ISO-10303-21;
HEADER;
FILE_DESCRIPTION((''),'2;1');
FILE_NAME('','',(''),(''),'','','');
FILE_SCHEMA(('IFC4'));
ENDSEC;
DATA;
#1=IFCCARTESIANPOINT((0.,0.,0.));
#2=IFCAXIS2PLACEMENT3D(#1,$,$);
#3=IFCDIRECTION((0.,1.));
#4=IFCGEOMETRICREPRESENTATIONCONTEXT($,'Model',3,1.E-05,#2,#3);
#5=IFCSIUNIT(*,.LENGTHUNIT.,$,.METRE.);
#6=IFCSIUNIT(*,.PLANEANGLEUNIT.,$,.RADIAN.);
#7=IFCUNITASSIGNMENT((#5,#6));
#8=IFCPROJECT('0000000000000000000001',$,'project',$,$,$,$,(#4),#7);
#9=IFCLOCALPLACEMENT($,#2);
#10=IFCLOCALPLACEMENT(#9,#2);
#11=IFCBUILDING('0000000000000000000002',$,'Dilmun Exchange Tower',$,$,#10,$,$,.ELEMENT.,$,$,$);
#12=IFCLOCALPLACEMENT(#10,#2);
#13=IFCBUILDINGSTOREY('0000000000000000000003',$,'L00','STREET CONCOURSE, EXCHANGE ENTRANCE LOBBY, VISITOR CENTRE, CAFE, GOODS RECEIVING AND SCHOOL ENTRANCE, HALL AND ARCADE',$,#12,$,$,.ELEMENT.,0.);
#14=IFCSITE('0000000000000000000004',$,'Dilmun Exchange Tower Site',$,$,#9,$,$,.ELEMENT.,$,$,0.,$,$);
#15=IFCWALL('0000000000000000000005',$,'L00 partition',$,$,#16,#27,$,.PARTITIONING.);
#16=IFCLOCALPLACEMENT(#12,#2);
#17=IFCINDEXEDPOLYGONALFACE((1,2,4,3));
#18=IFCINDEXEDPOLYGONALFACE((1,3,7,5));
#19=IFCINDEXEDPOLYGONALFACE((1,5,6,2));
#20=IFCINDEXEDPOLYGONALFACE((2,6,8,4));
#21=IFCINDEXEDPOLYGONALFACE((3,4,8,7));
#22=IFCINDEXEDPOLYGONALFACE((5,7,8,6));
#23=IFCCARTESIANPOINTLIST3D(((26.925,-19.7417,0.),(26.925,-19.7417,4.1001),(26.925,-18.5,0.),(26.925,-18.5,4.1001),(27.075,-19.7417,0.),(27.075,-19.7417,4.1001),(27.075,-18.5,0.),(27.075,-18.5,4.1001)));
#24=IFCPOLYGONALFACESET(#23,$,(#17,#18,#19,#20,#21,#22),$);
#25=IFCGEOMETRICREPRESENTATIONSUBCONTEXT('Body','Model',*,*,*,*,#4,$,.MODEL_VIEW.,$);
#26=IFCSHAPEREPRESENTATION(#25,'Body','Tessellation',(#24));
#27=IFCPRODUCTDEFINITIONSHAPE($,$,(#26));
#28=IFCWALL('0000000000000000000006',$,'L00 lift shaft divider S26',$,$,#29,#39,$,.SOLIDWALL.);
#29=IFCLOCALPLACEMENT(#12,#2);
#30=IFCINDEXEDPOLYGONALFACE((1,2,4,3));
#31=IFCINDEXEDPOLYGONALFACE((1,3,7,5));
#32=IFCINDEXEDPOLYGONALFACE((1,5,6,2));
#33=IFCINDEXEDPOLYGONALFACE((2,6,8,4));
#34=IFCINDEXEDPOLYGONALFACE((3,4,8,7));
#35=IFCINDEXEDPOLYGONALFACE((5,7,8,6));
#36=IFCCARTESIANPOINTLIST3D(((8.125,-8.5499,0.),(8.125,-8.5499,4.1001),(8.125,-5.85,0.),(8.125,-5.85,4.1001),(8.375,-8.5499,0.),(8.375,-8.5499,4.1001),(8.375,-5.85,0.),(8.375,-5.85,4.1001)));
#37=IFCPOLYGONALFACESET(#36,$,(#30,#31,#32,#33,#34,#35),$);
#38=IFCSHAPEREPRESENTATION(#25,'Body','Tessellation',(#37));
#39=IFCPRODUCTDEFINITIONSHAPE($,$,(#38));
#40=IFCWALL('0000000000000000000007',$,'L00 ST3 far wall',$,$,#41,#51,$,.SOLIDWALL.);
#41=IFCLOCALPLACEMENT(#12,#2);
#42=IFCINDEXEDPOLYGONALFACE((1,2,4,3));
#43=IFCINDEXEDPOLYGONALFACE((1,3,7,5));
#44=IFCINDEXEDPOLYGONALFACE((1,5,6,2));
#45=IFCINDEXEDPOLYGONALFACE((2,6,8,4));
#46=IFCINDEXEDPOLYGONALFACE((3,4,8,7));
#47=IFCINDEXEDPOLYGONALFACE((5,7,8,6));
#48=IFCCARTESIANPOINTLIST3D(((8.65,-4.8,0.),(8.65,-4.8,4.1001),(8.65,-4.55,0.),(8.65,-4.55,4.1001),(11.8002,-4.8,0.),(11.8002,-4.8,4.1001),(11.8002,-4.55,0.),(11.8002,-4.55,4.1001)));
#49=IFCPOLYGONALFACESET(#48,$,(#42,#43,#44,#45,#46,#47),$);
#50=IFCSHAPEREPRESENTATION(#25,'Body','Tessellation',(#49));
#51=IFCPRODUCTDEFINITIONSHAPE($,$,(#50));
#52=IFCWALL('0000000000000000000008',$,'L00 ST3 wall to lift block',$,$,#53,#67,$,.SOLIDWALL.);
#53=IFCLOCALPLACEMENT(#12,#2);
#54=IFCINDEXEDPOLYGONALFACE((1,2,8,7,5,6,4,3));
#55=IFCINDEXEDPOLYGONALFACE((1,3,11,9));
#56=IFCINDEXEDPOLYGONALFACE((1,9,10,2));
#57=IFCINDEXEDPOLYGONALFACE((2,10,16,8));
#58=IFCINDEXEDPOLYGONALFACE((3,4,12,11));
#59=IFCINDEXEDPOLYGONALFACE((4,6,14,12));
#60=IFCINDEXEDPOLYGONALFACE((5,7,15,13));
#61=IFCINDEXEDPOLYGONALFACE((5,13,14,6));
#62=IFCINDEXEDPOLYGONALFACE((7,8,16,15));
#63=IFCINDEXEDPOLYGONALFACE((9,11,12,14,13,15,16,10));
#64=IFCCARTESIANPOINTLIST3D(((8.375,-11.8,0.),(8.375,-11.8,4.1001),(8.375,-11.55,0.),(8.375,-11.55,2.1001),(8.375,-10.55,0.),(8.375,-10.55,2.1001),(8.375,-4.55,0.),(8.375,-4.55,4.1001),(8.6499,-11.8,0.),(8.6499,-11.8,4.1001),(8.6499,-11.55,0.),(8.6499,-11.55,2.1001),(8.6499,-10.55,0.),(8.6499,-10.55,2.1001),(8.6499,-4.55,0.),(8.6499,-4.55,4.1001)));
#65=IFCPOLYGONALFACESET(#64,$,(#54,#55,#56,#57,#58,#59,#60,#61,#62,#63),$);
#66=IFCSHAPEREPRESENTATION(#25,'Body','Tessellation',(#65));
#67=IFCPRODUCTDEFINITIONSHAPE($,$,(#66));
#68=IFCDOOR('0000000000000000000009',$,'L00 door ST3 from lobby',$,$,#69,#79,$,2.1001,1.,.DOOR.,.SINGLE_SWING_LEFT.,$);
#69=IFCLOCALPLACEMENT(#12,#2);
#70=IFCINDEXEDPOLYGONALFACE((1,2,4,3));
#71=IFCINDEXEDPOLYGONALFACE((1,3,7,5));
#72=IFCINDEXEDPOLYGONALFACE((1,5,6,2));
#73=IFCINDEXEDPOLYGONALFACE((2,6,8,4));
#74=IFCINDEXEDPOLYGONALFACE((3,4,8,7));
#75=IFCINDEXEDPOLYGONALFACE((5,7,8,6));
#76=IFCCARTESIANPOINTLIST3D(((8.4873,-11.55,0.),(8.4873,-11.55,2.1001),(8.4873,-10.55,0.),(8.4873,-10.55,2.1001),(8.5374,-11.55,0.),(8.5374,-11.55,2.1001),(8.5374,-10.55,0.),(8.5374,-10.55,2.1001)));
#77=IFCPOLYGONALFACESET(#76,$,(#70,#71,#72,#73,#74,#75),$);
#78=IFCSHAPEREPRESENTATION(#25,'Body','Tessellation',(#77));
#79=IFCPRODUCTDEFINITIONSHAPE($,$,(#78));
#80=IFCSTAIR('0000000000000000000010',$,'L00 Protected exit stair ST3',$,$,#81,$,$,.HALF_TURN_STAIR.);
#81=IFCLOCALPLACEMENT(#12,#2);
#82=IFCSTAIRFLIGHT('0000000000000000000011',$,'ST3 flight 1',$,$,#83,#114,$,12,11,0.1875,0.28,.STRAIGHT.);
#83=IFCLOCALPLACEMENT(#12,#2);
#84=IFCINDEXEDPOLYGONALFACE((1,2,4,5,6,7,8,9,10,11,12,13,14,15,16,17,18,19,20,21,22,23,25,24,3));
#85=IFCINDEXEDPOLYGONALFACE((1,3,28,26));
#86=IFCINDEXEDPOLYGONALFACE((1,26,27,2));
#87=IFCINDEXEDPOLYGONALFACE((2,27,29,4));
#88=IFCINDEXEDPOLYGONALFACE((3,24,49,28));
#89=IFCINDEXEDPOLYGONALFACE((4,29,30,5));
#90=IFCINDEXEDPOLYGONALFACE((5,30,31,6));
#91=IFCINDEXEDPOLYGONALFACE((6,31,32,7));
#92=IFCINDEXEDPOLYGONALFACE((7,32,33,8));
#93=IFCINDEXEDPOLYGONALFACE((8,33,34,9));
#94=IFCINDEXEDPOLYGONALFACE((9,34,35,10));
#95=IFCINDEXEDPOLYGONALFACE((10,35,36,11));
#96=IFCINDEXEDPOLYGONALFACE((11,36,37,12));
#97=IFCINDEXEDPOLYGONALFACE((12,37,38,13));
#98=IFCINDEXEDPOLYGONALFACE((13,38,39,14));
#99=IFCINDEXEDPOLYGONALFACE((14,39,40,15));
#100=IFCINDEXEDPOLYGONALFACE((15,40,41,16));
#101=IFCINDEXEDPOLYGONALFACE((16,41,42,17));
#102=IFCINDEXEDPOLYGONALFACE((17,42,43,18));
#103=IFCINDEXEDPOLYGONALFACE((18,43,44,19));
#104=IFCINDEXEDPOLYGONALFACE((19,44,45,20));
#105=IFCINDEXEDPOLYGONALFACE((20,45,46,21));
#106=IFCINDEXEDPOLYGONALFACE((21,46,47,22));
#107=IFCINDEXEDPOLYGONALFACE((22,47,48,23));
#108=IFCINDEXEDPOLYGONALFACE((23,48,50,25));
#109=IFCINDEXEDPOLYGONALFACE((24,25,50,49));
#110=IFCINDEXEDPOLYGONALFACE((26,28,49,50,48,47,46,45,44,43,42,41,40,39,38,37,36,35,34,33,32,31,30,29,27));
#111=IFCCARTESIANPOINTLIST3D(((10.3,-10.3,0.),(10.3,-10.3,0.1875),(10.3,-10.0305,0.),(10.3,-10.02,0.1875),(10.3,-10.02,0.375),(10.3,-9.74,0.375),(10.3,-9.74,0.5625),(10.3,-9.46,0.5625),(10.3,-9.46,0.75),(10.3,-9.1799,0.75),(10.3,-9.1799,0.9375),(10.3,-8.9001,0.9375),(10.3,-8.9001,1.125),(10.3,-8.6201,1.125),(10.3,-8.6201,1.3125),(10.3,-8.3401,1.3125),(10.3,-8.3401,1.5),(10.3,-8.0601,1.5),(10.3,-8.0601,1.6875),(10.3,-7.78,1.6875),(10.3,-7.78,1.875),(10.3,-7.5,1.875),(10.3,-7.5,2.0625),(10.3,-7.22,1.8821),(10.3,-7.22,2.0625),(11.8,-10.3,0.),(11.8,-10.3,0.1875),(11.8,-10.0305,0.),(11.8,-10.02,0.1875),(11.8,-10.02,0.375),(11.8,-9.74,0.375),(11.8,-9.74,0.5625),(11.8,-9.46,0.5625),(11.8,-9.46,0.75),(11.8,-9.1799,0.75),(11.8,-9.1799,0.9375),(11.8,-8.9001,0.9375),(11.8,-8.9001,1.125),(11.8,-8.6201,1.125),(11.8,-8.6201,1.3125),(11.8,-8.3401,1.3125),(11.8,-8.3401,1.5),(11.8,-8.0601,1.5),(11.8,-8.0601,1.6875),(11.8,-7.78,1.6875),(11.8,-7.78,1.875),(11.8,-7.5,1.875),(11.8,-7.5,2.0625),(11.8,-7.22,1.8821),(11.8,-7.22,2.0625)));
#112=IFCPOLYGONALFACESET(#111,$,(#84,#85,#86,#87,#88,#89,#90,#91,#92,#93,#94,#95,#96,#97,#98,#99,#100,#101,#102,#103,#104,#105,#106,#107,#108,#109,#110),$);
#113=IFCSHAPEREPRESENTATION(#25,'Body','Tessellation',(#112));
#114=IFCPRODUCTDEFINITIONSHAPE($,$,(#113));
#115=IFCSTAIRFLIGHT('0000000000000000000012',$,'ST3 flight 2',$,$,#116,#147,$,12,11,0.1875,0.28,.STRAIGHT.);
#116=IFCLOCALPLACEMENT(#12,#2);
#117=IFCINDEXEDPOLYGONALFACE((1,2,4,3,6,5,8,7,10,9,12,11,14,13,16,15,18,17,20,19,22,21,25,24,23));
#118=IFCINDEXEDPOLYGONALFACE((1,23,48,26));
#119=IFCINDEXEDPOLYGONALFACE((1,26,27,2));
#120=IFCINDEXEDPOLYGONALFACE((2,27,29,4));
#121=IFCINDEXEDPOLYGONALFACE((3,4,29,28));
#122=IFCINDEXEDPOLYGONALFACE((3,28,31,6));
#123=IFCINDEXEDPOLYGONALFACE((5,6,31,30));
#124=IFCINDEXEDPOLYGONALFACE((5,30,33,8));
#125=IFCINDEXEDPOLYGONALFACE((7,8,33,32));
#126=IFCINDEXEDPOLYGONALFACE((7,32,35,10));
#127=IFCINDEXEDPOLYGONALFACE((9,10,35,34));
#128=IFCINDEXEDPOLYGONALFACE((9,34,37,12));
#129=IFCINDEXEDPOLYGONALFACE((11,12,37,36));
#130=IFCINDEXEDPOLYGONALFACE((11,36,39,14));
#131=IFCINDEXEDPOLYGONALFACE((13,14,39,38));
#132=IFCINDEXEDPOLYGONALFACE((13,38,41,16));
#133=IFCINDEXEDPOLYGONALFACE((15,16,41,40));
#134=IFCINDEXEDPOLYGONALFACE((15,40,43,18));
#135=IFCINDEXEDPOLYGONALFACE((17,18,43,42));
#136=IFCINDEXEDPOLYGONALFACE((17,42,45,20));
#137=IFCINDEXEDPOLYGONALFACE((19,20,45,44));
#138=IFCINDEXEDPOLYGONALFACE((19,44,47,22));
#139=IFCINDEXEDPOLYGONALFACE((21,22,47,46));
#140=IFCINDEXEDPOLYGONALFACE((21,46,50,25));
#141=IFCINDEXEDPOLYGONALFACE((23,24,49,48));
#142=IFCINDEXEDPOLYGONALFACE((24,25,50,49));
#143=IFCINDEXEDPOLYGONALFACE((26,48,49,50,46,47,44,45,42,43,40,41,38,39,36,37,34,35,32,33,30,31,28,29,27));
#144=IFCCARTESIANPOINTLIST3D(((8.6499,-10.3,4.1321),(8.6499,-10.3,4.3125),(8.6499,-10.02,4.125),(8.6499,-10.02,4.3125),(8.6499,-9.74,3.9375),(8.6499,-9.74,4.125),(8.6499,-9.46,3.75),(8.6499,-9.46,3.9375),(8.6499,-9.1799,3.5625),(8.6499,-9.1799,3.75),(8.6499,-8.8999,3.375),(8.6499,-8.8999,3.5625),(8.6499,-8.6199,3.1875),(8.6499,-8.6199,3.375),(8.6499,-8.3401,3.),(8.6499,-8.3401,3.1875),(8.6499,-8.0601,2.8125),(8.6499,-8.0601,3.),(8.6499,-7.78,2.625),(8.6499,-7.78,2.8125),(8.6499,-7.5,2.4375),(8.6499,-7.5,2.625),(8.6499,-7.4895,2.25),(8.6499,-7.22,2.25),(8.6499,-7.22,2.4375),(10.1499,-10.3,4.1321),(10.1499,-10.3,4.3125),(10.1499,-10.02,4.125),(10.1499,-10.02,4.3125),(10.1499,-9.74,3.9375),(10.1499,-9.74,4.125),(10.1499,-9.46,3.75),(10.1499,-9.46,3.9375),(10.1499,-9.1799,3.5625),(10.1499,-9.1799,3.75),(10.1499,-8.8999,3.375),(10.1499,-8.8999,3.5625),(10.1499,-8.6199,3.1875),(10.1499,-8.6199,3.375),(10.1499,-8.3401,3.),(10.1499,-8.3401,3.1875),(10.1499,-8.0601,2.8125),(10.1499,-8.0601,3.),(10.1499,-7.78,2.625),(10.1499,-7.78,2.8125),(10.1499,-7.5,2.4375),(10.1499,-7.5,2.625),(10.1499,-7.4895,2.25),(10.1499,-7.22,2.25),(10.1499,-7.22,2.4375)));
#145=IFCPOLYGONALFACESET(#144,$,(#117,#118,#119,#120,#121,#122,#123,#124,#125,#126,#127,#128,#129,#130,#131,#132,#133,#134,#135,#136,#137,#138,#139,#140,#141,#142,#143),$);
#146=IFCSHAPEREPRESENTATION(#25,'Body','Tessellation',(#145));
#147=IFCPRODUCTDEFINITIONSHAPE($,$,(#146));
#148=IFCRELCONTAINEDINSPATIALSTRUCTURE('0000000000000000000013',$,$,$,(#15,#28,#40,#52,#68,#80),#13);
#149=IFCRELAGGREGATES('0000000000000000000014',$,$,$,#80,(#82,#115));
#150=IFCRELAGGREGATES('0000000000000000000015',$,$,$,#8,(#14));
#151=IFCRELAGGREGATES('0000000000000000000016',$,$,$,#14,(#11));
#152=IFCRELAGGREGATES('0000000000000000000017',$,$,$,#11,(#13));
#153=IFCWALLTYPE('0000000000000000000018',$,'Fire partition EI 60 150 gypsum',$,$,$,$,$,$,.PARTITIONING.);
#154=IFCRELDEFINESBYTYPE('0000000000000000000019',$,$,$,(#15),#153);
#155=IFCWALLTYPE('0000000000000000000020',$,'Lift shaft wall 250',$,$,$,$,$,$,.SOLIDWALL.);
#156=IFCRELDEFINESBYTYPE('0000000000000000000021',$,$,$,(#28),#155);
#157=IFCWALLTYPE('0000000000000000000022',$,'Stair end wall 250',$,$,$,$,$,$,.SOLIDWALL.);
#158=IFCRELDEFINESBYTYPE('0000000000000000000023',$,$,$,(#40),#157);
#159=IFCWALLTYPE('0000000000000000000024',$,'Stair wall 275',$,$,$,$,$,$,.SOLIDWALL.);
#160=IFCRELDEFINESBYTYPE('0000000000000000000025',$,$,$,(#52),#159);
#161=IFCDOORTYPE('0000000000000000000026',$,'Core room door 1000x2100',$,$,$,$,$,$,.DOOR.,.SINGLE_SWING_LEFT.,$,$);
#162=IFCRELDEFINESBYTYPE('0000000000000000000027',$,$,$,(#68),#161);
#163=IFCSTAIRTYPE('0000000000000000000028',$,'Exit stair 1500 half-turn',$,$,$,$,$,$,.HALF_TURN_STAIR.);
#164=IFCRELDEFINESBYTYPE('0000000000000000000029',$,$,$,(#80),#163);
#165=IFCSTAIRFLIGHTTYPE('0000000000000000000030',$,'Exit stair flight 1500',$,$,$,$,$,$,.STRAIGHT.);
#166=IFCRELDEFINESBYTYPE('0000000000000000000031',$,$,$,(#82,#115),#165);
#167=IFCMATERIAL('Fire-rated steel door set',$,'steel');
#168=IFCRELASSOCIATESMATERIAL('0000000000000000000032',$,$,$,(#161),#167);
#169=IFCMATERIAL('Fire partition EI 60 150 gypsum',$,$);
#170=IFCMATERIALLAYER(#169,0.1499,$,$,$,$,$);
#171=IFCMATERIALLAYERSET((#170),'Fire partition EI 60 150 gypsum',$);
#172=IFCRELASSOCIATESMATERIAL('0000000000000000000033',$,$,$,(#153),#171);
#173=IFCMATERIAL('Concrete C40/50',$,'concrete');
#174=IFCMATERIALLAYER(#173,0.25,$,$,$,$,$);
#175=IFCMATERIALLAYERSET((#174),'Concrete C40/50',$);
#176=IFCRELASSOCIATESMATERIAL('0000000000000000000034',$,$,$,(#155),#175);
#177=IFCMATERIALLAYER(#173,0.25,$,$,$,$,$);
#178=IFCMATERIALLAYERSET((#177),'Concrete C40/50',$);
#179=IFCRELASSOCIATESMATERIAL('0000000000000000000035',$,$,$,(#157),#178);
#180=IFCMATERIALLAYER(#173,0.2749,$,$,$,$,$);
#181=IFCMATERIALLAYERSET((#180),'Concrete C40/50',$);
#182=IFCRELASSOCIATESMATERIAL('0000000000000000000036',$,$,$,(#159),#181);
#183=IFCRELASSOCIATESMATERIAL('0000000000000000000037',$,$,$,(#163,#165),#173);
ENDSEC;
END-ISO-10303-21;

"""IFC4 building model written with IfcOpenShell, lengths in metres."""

from ifc_helpers import new_model, si_unit, direction, frame, frame_2d, origin, place, context, subcontext, project, spatial, polyline, rectangle, outline, extrude, material, layer, layer_set, type_object, element, fill, aggregate, save


model = new_model("IFC4")

# Units and contexts
model_context = context("Model", 3, precision=1e-05, world=origin(), true_north=direction((0.0, 1.0)))
body_context = subcontext(model_context, "Body", "Model", "MODEL_VIEW")
ifc_project = project(units=[si_unit("LENGTHUNIT", "METRE"), si_unit("PLANEANGLEUNIT", "RADIAN")], contexts=[model_context])

# Site, building, storey
site_placement = place(None, origin())
site = spatial("IfcSite", under=ifc_project, at=site_placement, Name="Dilmun Exchange Tower Site", CompositionType="ELEMENT", RefElevation=0.0)
building_placement = place(site_placement, origin())
building = spatial("IfcBuilding", under=site, at=building_placement, Name="Dilmun Exchange Tower", CompositionType="ELEMENT")
storey_placement = place(building_placement, origin())
storey = spatial("IfcBuildingStorey", under=building, at=storey_placement, Name="L00", Description="STREET CONCOURSE, EXCHANGE ENTRANCE LOBBY, VISITOR CENTRE, CAFE, GOODS RECEIVING AND SCHOOL ENTRANCE, HALL AND ARCADE", CompositionType="ELEMENT", Elevation=0.0)

# Shared definitions
ifc_material_1 = material(Name="Concrete C40/50", Category="concrete")

# Shared definitions
ifc_material_2 = material(Name="Fire-rated steel door set", Category="steel")
door_type_1 = type_object("IfcDoorType", Name="Core room door 1000x2100", OperationType="SINGLE_SWING_LEFT", PredefinedType="DOOR", material=ifc_material_2)

# Walls
ifc_material_3 = material(Name="Fire partition EI 60 150 gypsum")
ifc_layer_1 = layer(ifc_material_3, 0.1499)
ifc_layer_set_1 = layer_set([ifc_layer_1], Name="Fire partition EI 60 150 gypsum")
wall_type_1 = type_object("IfcWallType", Name="Fire partition EI 60 150 gypsum", PredefinedType="PARTITIONING", material=ifc_layer_set_1)
wall_1_placement = place(storey_placement, frame((27.0, -19.7417, 0.0), z_axis=(0.0, 0.0, 1.0), x_axis=(0.0, 1.0, 0.0)))
element("IfcWall", 1, at=wall_1_placement, inside=storey, type_object=wall_type_1, Name="L00 partition", PredefinedType="PARTITIONING", context=body_context, shape_type="SweptSolid", body=[
    extrude(rectangle(XDim=1.2417, YDim=0.1499, at=frame_2d((0.6208, 0.0))), origin(), (0.0, 0.0, 1.0), 4.1001),
])
ifc_layer_2 = layer(ifc_material_1, 0.25)
ifc_layer_set_2 = layer_set([ifc_layer_2], Name="Concrete C40/50")
wall_type_2 = type_object("IfcWallType", Name="Lift shaft wall 250", PredefinedType="SOLIDWALL", material=ifc_layer_set_2)
wall_2_placement = place(storey_placement, frame((8.25, -8.55, 0.0), z_axis=(0.0, 0.0, 1.0), x_axis=(0.0, 1.0, 0.0)))
element("IfcWall", 2, at=wall_2_placement, inside=storey, type_object=wall_type_2, Name="L00 lift shaft divider S26", PredefinedType="SOLIDWALL", context=body_context, shape_type="SweptSolid", body=[
    extrude(rectangle(XDim=2.7, YDim=0.25, at=frame_2d((1.3501, 0.0))), origin(), (0.0, 0.0, 1.0), 4.1001),
])
ifc_layer_3 = layer(ifc_material_1, 0.25)
ifc_layer_set_3 = layer_set([ifc_layer_3], Name="Concrete C40/50")
wall_type_3 = type_object("IfcWallType", Name="Stair end wall 250", PredefinedType="SOLIDWALL", material=ifc_layer_set_3)
wall_3_placement = place(storey_placement, frame((8.6499, -4.675, 0.0), z_axis=(0.0, 0.0, 1.0), x_axis=(1.0, 0.0, 0.0)))
element("IfcWall", 3, at=wall_3_placement, inside=storey, type_object=wall_type_3, Name="L00 ST3 far wall", PredefinedType="SOLIDWALL", context=body_context, shape_type="SweptSolid", body=[
    extrude(rectangle(XDim=3.1501, YDim=0.25, at=frame_2d((1.5752, 0.0))), origin(), (0.0, 0.0, 1.0), 4.1001),
])

# Wall, opening, door
ifc_layer_4 = layer(ifc_material_1, 0.2749)
ifc_layer_set_4 = layer_set([ifc_layer_4], Name="Concrete C40/50")
wall_type_4 = type_object("IfcWallType", Name="Stair wall 275", PredefinedType="SOLIDWALL", material=ifc_layer_set_4)
wall_4_placement = place(storey_placement, frame((8.5125, -4.55, 0.0), z_axis=(0.0, 0.0, 1.0), x_axis=(0.0, -1.0, 0.0)))
wall_4 = element("IfcWall", 4, at=wall_4_placement, inside=storey, type_object=wall_type_4, Name="L00 ST3 wall to lift block", PredefinedType="SOLIDWALL", context=body_context, shape_type="SweptSolid", body=[
    extrude(rectangle(XDim=7.25, YDim=0.2749, at=frame_2d((3.625, 0.0))), origin(), (0.0, 0.0, 1.0), 4.1001),
])
opening_1_placement = place(wall_4_placement, frame((6.0, 0.0, 0.0)))
opening_1 = element("IfcOpeningElement", 5, at=opening_1_placement, cuts=wall_4, PredefinedType="OPENING", context=body_context, shape_type="SweptSolid", body=[
    extrude(rectangle(XDim=1.0, YDim=2.1001, at=frame_2d((0.5, 1.05))), frame((0.0, 0.1475, 0.0), z_axis=(0.0, -1.0, 0.0), x_axis=(1.0, 0.0, 0.0)), (0.0, 0.0, 1.0), 0.2949),
])
door_1_placement = place(opening_1_placement, origin())
door_1 = element("IfcDoor", 6, at=door_1_placement, inside=storey, type_object=door_type_1, Name="L00 door ST3 from lobby", OperationType="SINGLE_SWING_LEFT", OverallHeight=2.1001, OverallWidth=1.0, PredefinedType="DOOR", context=body_context, shape_type="SweptSolid", body=[
    extrude(rectangle(XDim=1.0, YDim=2.1001, at=frame_2d((0.5, 1.05))), frame((0.0, 0.0249, 0.0), z_axis=(0.0, -1.0, 0.0), x_axis=(1.0, 0.0, 0.0)), (0.0, 0.0, 1.0), 0.05),
])
fill(opening_1, door_1)

# Stair, stair flights
stair_type = type_object("IfcStairType", Name="Exit stair 1500 half-turn", PredefinedType="HALF_TURN_STAIR", material=ifc_material_1)
stair_placement = place(storey_placement, origin())
stair = element("IfcStair", 7, at=stair_placement, inside=storey, type_object=stair_type, Name="L00 Protected exit stair ST3", PredefinedType="HALF_TURN_STAIR")
stair_flight_type = type_object("IfcStairFlightType", Name="Exit stair flight 1500", PredefinedType="STRAIGHT", material=ifc_material_1)
stair_flight_1_placement = place(storey_placement, frame((11.05, -10.3, 0.0), z_axis=(0.0, 0.0, 1.0), x_axis=(0.0, 1.0, 0.0)))
stair_flight_1 = element("IfcStairFlight", 8, at=stair_flight_1_placement, type_object=stair_flight_type, Name="ST3 flight 1", NumberOfRisers=12, NumberOfTreads=11, PredefinedType="STRAIGHT", RiserHeight=0.1875, TreadLength=0.28, context=body_context, shape_type="SweptSolid", body=[
    extrude(outline(polyline([(0.0, 0.0), (0.0, 0.1875), (0.28, 0.1875), (0.28, 0.375), (0.5601, 0.375), (0.5601, 0.5625), (0.8401, 0.5625), (0.8401, 0.75), (1.1201, 0.75), (1.1201, 0.9375), (1.3999, 0.9375), (1.3999, 1.125), (1.6799, 1.125), (1.6799, 1.3125), (1.96, 1.3125), (1.96, 1.5), (2.24, 1.5), (2.24, 1.6875), (2.52, 1.6875), (2.52, 1.875), (2.8, 1.875), (2.8, 2.0625), (3.0801, 2.0625), (3.0801, 2.25), (3.0801, 1.8821), (0.2695, 0.0), (0.0, 0.0)])), frame((0.0, 0.75, 0.0), z_axis=(0.0, -1.0, 0.0), x_axis=(1.0, 0.0, 0.0)), (0.0, 0.0, 1.0), 1.5),
])
stair_flight_2_placement = place(storey_placement, frame((9.3999, -7.22, 2.25), z_axis=(0.0, 0.0, 1.0), x_axis=(0.0, -1.0, 0.0)))
stair_flight_2 = element("IfcStairFlight", 9, at=stair_flight_2_placement, type_object=stair_flight_type, Name="ST3 flight 2", NumberOfRisers=12, NumberOfTreads=11, PredefinedType="STRAIGHT", RiserHeight=0.1875, TreadLength=0.28, context=body_context, shape_type="SweptSolid", body=[
    extrude(outline(polyline([(0.0, 0.0), (0.0, 0.1875), (0.28, 0.1875), (0.28, 0.375), (0.5601, 0.375), (0.5601, 0.5625), (0.8401, 0.5625), (0.8401, 0.75), (1.1201, 0.75), (1.1201, 0.9375), (1.3999, 0.9375), (1.3999, 1.125), (1.6799, 1.125), (1.6799, 1.3125), (1.96, 1.3125), (1.96, 1.5), (2.24, 1.5), (2.24, 1.6875), (2.52, 1.6875), (2.52, 1.875), (2.8, 1.875), (2.8, 2.0625), (3.0801, 2.0625), (3.0801, 2.25), (3.0801, 1.8821), (0.2695, 0.0), (0.0, 0.0)])), frame((0.0, 0.75, 0.0), z_axis=(0.0, -1.0, 0.0), x_axis=(1.0, 0.0, 0.0)), (0.0, 0.0, 1.0), 1.5),
])
aggregate(stair, [stair_flight_1, stair_flight_2])

save(model, "model.ifc")
